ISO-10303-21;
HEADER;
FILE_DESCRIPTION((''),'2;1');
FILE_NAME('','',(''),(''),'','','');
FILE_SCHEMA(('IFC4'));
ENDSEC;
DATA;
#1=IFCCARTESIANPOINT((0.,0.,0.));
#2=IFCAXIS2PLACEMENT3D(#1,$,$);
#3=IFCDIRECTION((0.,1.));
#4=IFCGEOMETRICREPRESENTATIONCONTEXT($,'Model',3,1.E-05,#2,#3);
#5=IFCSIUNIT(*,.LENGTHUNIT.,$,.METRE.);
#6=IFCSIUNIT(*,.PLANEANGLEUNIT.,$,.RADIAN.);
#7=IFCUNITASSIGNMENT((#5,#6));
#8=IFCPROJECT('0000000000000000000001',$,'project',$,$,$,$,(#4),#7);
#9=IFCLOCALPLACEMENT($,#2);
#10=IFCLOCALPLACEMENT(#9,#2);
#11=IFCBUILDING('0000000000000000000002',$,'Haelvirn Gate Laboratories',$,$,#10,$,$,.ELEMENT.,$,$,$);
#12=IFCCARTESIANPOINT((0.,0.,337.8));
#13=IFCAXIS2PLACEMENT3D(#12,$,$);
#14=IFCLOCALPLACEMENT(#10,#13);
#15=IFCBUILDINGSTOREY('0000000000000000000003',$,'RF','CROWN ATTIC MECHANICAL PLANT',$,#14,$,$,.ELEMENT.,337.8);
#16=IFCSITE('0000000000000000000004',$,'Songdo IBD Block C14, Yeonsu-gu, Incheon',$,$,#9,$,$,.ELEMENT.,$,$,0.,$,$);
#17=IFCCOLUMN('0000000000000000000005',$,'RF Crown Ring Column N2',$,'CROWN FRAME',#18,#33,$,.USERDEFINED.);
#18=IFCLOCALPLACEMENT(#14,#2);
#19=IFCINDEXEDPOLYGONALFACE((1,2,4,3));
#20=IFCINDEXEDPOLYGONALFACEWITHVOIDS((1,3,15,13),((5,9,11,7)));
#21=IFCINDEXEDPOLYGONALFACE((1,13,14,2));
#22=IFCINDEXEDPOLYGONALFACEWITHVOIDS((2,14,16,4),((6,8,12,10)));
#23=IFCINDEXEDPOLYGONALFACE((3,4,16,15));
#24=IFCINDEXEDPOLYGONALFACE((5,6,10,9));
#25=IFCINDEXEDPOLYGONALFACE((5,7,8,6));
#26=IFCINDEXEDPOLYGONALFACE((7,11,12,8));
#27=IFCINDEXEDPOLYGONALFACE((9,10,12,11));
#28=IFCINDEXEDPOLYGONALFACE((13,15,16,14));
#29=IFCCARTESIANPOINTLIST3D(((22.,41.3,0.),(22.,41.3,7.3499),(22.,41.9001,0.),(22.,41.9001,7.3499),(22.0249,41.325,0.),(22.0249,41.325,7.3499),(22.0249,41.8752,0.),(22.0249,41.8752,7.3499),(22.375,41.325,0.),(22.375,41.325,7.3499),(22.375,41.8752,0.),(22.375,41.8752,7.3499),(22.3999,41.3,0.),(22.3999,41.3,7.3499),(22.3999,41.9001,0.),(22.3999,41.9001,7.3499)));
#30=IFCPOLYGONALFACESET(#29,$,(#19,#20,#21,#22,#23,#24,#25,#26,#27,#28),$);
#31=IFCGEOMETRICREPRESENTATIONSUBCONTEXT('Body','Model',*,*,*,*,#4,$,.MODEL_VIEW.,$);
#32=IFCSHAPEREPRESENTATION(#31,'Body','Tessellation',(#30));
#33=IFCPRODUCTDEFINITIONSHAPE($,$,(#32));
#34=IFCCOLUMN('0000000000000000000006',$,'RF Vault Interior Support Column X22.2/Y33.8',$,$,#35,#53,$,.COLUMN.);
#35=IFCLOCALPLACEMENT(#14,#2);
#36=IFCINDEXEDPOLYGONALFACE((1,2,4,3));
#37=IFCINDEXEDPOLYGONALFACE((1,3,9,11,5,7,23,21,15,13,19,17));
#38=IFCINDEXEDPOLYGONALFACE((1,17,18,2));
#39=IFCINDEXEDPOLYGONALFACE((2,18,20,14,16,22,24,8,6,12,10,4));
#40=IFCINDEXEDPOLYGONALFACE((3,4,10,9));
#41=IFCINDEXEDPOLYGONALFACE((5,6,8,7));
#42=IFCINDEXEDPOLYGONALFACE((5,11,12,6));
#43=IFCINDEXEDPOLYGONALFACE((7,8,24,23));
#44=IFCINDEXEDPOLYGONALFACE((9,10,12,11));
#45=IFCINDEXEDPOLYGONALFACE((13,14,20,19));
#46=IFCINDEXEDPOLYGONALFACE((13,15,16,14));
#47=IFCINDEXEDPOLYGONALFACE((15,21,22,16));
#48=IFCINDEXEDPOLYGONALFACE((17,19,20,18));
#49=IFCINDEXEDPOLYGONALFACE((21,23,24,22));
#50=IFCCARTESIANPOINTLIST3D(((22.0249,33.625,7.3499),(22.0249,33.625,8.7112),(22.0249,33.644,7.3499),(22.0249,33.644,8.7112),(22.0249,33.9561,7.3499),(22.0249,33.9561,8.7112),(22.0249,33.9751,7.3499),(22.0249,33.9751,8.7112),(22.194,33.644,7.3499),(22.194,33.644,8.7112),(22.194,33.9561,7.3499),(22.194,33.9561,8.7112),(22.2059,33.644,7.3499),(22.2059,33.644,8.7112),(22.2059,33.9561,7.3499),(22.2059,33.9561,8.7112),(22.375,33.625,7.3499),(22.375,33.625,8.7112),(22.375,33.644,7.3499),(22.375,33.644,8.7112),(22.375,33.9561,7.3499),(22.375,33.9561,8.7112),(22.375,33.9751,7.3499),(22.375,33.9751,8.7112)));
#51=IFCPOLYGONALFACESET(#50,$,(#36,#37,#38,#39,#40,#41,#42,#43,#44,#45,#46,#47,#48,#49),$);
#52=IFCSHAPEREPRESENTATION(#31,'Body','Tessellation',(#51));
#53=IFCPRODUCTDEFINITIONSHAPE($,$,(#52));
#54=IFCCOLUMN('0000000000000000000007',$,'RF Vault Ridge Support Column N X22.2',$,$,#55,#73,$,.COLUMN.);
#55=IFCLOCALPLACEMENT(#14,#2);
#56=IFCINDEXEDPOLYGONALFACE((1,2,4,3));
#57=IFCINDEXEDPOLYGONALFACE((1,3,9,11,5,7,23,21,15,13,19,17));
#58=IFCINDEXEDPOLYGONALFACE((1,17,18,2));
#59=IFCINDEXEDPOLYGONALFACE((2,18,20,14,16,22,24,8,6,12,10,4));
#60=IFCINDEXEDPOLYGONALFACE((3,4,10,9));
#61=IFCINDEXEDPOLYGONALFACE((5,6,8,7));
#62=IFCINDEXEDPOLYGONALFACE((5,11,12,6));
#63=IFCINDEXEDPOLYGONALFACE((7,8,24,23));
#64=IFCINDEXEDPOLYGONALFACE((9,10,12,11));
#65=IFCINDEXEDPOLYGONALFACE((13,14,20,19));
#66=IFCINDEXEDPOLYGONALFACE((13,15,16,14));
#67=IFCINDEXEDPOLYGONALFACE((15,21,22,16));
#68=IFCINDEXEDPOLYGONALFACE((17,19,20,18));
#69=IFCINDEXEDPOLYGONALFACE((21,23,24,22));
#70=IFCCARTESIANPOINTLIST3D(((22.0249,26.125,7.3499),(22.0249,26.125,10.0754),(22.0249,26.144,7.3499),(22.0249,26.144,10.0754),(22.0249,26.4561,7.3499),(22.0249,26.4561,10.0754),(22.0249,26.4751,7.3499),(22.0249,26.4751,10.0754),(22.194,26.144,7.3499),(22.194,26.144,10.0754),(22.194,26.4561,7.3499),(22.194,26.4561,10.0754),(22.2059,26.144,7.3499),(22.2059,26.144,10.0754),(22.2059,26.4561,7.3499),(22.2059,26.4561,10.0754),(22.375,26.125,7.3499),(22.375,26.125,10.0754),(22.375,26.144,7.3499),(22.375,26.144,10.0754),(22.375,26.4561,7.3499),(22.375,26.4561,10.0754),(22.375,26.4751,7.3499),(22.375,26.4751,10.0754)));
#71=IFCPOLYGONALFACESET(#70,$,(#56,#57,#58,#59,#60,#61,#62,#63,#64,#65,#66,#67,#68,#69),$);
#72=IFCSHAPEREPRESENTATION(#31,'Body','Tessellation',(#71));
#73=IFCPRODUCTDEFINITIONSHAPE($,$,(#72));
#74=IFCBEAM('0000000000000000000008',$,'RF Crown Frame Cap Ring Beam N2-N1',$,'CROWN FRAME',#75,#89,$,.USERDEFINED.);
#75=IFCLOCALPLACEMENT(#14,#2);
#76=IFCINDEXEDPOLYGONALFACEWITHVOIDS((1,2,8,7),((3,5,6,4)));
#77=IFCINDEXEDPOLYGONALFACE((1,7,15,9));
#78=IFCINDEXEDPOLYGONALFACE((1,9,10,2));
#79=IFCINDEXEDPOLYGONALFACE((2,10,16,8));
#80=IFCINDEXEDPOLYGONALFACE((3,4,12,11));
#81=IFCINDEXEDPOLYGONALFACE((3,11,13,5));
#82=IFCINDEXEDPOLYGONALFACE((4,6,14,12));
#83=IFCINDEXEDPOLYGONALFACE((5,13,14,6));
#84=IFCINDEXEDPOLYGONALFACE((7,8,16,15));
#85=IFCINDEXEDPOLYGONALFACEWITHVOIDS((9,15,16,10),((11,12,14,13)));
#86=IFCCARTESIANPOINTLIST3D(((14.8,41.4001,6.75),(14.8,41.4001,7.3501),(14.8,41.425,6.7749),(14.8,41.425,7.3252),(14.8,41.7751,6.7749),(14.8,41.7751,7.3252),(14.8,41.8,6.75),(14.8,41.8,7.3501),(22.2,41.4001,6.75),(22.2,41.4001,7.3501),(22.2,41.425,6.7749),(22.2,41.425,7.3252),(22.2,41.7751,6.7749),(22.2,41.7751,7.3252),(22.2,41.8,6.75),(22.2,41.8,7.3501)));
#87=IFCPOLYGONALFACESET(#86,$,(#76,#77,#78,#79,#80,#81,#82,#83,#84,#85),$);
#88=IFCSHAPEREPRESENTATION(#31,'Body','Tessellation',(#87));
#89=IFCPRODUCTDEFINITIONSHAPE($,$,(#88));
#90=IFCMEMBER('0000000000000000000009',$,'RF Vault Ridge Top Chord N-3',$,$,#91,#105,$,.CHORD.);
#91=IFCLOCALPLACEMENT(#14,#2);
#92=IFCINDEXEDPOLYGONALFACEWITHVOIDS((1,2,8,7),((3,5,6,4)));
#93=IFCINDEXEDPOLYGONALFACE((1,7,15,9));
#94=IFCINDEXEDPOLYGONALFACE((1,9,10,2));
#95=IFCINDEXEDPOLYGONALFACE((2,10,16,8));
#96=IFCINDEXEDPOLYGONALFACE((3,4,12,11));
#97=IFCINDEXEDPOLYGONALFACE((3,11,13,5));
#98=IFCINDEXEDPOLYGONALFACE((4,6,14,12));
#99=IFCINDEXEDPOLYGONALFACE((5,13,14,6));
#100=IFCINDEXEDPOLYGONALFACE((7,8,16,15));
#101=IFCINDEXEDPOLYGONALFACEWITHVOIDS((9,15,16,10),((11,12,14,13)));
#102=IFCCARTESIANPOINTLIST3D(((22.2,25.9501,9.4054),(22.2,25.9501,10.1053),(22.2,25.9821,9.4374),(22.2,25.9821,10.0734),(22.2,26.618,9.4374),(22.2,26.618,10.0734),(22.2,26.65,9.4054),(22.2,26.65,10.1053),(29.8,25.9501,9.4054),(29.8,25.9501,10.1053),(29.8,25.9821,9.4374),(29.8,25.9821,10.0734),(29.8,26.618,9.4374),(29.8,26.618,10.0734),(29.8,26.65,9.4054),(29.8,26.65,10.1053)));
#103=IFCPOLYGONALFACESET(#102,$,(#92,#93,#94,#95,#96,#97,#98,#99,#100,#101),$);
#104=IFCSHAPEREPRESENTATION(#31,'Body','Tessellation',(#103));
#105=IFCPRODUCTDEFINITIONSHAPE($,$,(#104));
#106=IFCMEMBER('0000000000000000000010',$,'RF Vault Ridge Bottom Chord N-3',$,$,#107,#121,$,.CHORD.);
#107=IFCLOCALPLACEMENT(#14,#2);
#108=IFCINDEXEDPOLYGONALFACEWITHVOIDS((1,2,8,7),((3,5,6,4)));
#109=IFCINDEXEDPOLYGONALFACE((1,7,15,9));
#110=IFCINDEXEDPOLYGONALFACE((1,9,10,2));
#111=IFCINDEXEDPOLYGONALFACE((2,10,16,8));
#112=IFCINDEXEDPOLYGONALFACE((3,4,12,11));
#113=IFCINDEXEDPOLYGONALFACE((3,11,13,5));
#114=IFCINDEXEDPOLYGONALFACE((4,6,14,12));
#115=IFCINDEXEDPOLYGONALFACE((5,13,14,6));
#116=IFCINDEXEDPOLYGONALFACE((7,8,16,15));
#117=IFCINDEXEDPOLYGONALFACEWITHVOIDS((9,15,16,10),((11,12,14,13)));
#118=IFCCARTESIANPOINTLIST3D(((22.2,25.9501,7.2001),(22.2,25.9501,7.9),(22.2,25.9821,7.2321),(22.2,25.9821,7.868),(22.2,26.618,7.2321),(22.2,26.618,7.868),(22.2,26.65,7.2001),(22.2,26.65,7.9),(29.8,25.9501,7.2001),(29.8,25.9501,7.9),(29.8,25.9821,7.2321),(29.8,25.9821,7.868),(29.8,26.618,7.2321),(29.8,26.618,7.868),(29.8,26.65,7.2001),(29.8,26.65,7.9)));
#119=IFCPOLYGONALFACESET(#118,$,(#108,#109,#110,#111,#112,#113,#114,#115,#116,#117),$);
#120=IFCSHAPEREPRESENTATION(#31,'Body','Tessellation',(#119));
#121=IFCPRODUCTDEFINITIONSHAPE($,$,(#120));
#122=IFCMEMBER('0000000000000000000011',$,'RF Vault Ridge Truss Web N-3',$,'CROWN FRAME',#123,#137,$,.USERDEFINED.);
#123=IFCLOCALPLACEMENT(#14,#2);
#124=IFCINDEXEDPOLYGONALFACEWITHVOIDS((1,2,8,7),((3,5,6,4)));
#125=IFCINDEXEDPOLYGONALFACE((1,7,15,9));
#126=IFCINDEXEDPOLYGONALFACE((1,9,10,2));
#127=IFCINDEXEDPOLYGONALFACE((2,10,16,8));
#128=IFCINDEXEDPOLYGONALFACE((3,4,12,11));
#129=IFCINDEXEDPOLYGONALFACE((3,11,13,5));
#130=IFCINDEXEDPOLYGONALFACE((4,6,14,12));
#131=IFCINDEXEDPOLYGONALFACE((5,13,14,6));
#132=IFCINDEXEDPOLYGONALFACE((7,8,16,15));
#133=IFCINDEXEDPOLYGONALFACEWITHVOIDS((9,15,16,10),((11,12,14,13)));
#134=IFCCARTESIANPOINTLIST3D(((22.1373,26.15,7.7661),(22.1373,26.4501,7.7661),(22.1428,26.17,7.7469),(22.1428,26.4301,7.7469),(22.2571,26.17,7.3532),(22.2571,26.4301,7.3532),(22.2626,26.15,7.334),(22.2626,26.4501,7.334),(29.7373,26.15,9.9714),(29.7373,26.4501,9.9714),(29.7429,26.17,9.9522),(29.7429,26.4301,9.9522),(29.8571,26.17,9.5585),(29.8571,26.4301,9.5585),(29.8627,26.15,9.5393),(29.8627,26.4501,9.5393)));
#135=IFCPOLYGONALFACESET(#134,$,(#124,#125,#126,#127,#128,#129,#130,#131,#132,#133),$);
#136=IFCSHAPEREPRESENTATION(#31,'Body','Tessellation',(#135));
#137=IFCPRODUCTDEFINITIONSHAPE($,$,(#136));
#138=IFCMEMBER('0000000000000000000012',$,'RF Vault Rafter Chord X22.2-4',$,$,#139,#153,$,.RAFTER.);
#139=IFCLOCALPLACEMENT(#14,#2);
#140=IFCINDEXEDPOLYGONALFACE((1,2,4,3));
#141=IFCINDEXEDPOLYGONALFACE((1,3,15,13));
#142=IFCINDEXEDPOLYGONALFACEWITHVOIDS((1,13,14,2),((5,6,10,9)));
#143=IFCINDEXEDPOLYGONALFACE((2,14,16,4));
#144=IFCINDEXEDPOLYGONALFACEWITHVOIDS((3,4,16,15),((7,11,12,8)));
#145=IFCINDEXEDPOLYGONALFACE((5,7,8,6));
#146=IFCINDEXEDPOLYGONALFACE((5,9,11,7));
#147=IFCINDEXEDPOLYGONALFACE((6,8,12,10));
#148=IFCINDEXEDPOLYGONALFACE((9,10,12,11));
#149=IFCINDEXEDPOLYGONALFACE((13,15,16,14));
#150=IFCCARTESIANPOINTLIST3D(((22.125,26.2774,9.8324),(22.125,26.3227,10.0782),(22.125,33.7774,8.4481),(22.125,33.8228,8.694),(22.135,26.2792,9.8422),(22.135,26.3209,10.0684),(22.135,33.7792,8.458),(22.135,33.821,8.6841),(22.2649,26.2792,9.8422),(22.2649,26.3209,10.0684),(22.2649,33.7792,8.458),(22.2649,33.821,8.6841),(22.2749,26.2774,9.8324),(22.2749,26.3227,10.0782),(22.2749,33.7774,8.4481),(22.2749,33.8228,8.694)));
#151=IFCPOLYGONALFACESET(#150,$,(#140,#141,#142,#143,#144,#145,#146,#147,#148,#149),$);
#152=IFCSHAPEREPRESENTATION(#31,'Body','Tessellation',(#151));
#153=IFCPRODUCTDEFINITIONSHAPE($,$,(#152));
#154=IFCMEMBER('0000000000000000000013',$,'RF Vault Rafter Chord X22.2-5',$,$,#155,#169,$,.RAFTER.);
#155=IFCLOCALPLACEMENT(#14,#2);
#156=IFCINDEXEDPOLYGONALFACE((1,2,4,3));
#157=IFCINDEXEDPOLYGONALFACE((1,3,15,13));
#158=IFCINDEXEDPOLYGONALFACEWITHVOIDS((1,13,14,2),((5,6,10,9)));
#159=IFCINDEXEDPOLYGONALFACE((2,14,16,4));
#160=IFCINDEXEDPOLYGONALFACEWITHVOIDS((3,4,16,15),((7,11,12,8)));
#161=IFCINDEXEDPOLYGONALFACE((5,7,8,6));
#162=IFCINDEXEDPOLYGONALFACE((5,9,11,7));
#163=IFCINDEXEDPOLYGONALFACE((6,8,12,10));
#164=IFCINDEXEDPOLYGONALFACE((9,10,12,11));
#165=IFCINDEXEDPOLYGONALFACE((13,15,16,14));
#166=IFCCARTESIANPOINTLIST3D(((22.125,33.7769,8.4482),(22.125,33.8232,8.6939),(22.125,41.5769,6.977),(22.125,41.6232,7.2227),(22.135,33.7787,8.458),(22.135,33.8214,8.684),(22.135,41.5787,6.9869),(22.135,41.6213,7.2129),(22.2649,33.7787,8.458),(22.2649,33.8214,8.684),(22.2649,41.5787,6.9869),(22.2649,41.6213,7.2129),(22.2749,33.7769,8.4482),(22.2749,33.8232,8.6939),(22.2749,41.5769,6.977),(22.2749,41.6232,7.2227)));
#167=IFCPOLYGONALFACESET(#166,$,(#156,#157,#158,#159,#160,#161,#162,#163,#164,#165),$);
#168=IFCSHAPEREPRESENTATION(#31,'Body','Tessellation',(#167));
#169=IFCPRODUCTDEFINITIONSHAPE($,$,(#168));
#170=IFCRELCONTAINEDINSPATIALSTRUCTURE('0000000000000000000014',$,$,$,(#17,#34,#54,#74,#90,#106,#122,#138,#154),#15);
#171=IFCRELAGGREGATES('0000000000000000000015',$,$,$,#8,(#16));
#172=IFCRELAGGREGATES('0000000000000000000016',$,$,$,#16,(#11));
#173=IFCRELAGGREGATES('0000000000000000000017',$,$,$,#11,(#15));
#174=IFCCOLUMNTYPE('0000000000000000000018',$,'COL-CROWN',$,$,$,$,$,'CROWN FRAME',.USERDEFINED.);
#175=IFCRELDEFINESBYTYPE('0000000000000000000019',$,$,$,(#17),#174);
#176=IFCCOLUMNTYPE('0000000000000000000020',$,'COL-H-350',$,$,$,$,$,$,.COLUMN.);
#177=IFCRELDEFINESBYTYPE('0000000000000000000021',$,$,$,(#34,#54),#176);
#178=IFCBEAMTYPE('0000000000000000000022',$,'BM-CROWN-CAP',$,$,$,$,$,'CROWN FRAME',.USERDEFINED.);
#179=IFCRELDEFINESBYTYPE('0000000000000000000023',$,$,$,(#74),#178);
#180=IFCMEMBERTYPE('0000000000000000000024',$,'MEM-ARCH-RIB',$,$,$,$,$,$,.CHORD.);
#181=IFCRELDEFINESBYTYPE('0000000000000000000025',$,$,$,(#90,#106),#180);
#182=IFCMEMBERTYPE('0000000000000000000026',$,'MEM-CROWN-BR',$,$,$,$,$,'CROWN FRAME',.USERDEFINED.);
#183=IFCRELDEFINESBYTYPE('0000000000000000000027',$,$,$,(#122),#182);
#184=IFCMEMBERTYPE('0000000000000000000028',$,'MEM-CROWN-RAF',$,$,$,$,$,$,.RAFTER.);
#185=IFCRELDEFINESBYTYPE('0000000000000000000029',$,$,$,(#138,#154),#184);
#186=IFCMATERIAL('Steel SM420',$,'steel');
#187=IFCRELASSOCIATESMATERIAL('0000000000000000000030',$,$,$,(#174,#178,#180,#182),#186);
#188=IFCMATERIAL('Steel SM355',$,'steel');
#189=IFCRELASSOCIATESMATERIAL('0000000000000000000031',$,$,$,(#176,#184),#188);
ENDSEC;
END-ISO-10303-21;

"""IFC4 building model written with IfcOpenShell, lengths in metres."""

from ifc_helpers import new_model, si_unit, direction, frame, origin, origin_2d, place, context, subcontext, project, spatial, hollow_rectangle, i_section, extrude, source, transform, mapped, material, material_profile, profile_set, type_object, type_shapes, element, save


model = new_model("IFC4")

# Units and contexts
model_context = context("Model", 3, precision=1e-05, world=origin(), true_north=direction((0.0, 1.0)))
body_context = subcontext(model_context, "Body", "Model", "MODEL_VIEW")
ifc_project = project(units=[si_unit("LENGTHUNIT", "METRE"), si_unit("PLANEANGLEUNIT", "RADIAN")], contexts=[model_context])

# Site, building, storey
site_placement = place(None, origin())
site = spatial("IfcSite", under=ifc_project, at=site_placement, Name="Songdo IBD Block C14, Yeonsu-gu, Incheon", CompositionType="ELEMENT", RefElevation=0.0)
building_placement = place(site_placement, origin())
building = spatial("IfcBuilding", under=site, at=building_placement, Name="Haelvirn Gate Laboratories", CompositionType="ELEMENT")
storey_placement = place(building_placement, frame((0.0, 0.0, 337.8)))
storey = spatial("IfcBuildingStorey", under=building, at=storey_placement, Name="RF", Description="CROWN ATTIC MECHANICAL PLANT", CompositionType="ELEMENT", Elevation=337.8)

# Columns
ifc_material_1 = material(Name="Steel SM420", Category="steel")
ifc_material_profile_1 = material_profile(ifc_material_1, hollow_rectangle(XDim=0.3999, YDim=0.6001, WallThickness=0.0249, at=origin_2d()), Name="BOX-600x400x25")
ifc_profile_set_1 = profile_set([ifc_material_profile_1], Name="Steel SM420")
column_type_1 = type_object("IfcColumnType", Name="COL-CROWN", ElementType="CROWN FRAME", PredefinedType="USERDEFINED", material=ifc_profile_set_1)
shared_shape_1 = source(origin(), body_context, "Body", "SweptSolid", [
    extrude(hollow_rectangle(XDim=0.3999, YDim=0.6001, WallThickness=0.0249, at=origin_2d()), origin(), (0.0, 0.0, 1.0), 7.3499),
])
type_shapes(column_type_1, [shared_shape_1])
column_1_placement = place(storey_placement, frame((22.2, 41.6001, 0.0), z_axis=(0.0, 0.0, 1.0), x_axis=(1.0, 0.0, 0.0)))
element("IfcColumn", 1, at=column_1_placement, inside=storey, type_object=column_type_1, Name="RF Crown Ring Column N2", ObjectType="CROWN FRAME", PredefinedType="USERDEFINED", context=body_context, shape_type="MappedRepresentation", body=[
    mapped(shared_shape_1, transform((0.0, 0.0, 0.0), scale=1.0)),
])
ifc_material_2 = material(Name="Steel SM355", Category="steel")
ifc_material_profile_2 = material_profile(ifc_material_2, i_section(OverallWidth=0.3501, OverallDepth=0.3501, WebThickness=0.012, FlangeThickness=0.019, at=origin_2d()), Name="H-350x350x12x19")
ifc_profile_set_2 = profile_set([ifc_material_profile_2], Name="Steel SM355")
column_type_2 = type_object("IfcColumnType", Name="COL-H-350", PredefinedType="COLUMN", material=ifc_profile_set_2)
shared_shape_2 = source(origin(), body_context, "Body", "SweptSolid", [
    extrude(i_section(OverallWidth=0.3501, OverallDepth=0.3501, WebThickness=0.012, FlangeThickness=0.019, at=origin_2d()), origin(), (0.0, 0.0, 1.0), 1.3613),
])
column_2_placement = place(storey_placement, frame((22.2, 33.8, 7.3499), z_axis=(0.0, 0.0, 1.0), x_axis=(1.0, 0.0, 0.0)))
element("IfcColumn", 2, at=column_2_placement, inside=storey, type_object=column_type_2, Name="RF Vault Interior Support Column X22.2/Y33.8", PredefinedType="COLUMN", context=body_context, shape_type="MappedRepresentation", body=[
    mapped(shared_shape_2, transform((0.0, 0.0, 0.0), scale=1.0)),
])
shared_shape_3 = source(origin(), body_context, "Body", "SweptSolid", [
    extrude(i_section(OverallWidth=0.3501, OverallDepth=0.3501, WebThickness=0.012, FlangeThickness=0.019, at=origin_2d()), origin(), (0.0, 0.0, 1.0), 2.7256),
])
type_shapes(column_type_2, [shared_shape_2, shared_shape_3])
column_3_placement = place(storey_placement, frame((22.2, 26.3, 7.3499), z_axis=(0.0, 0.0, 1.0), x_axis=(1.0, 0.0, 0.0)))
element("IfcColumn", 3, at=column_3_placement, inside=storey, type_object=column_type_2, Name="RF Vault Ridge Support Column N X22.2", PredefinedType="COLUMN", context=body_context, shape_type="MappedRepresentation", body=[
    mapped(shared_shape_3, transform((0.0, 0.0, 0.0), scale=1.0)),
])

# Beam
ifc_material_profile_3 = material_profile(ifc_material_1, hollow_rectangle(XDim=0.3999, YDim=0.6001, WallThickness=0.0249, at=origin_2d()), Name="BOX-600x400x25")
ifc_profile_set_3 = profile_set([ifc_material_profile_3], Name="Steel SM420")
beam_type = type_object("IfcBeamType", Name="BM-CROWN-CAP", ElementType="CROWN FRAME", PredefinedType="USERDEFINED", material=ifc_profile_set_3)
shared_shape_4 = source(origin(), body_context, "Body", "SweptSolid", [
    extrude(hollow_rectangle(XDim=0.3999, YDim=0.6001, WallThickness=0.0249, at=origin_2d()), origin(), (0.0, 0.0, 1.0), 7.3999),
])
type_shapes(beam_type, [shared_shape_4])
beam_placement = place(storey_placement, frame((22.2, 41.6001, 7.05), z_axis=(-1.0, 0.0, 0.0), x_axis=(0.0, -1.0, 0.0)))
element("IfcBeam", 4, at=beam_placement, inside=storey, type_object=beam_type, Name="RF Crown Frame Cap Ring Beam N2-N1", ObjectType="CROWN FRAME", PredefinedType="USERDEFINED", context=body_context, shape_type="MappedRepresentation", body=[
    mapped(shared_shape_4, transform((0.0, 0.0, 0.0), scale=1.0)),
])

# Members
ifc_material_profile_4 = material_profile(ifc_material_1, hollow_rectangle(XDim=0.7, YDim=0.7, WallThickness=0.032, at=origin_2d()), Name="BOX-700x700x32")
ifc_profile_set_4 = profile_set([ifc_material_profile_4], Name="Steel SM420")
member_type_1 = type_object("IfcMemberType", Name="MEM-ARCH-RIB", PredefinedType="CHORD", material=ifc_profile_set_4)
shared_shape_5 = source(origin(), body_context, "Body", "SweptSolid", [
    extrude(hollow_rectangle(XDim=0.7, YDim=0.7, WallThickness=0.032, at=origin_2d()), origin(), (0.0, 0.0, 1.0), 7.6001),
])
type_shapes(member_type_1, [shared_shape_5])
for number, where, z_axis, x_axis, name in (
    (5, (22.2, 26.3, 9.7554), (1.0, 0.0, 0.0), (0.0, 1.0, 0.0), "RF Vault Ridge Top Chord N-3"),
    (6, (22.2, 26.3, 7.55), (1.0, 0.0, 0.0), (0.0, 1.0, 0.0), "RF Vault Ridge Bottom Chord N-3"),
):
    element("IfcMember", number, at=place(storey_placement, frame(where, z_axis=z_axis, x_axis=x_axis)), inside=storey, type_object=member_type_1, Name=name, PredefinedType="CHORD", context=body_context, shape_type="MappedRepresentation", body=[
        mapped(shared_shape_5, transform((0.0, 0.0, 0.0), scale=1.0)),
    ])
ifc_material_profile_5 = material_profile(ifc_material_1, hollow_rectangle(XDim=0.3, YDim=0.45, WallThickness=0.02, at=origin_2d()), Name="BOX-450x300x20")
ifc_profile_set_5 = profile_set([ifc_material_profile_5], Name="Steel SM420")
member_type_2 = type_object("IfcMemberType", Name="MEM-CROWN-BR", ElementType="CROWN FRAME", PredefinedType="USERDEFINED", material=ifc_profile_set_5)
shared_shape_6 = source(origin(), body_context, "Body", "SweptSolid", [
    extrude(hollow_rectangle(XDim=0.3, YDim=0.45, WallThickness=0.02, at=origin_2d()), origin(), (0.0, 0.0, 1.0), 7.9136),
])
type_shapes(member_type_2, [shared_shape_6])
member_1_placement = place(storey_placement, frame((22.2, 26.3, 7.55), z_axis=(0.960385, 0.0, 0.278675), x_axis=(0.0, 1.0, 0.0)))
element("IfcMember", 7, at=member_1_placement, inside=storey, type_object=member_type_2, Name="RF Vault Ridge Truss Web N-3", ObjectType="CROWN FRAME", PredefinedType="USERDEFINED", context=body_context, shape_type="MappedRepresentation", body=[
    mapped(shared_shape_6, transform((0.0, 0.0, 0.0), scale=1.0)),
])
ifc_material_profile_6 = material_profile(ifc_material_2, hollow_rectangle(XDim=0.1499, YDim=0.25, WallThickness=0.01, at=origin_2d()), Name="RHS-250x150x10")
ifc_profile_set_6 = profile_set([ifc_material_profile_6], Name="Steel SM355")
member_type_3 = type_object("IfcMemberType", Name="MEM-CROWN-RAF", PredefinedType="RAFTER", material=ifc_profile_set_6)
shared_shape_7 = source(origin(), body_context, "Body", "SweptSolid", [
    extrude(hollow_rectangle(XDim=0.1499, YDim=0.25, WallThickness=0.01, at=origin_2d()), origin(), (0.0, 0.0, 1.0), 7.6267),
])
member_2_placement = place(storey_placement, frame((22.2, 26.3, 9.9553), z_axis=(0.0, 0.98339, -0.181505), x_axis=(-1.0, 0.0, 0.0)))
element("IfcMember", 8, at=member_2_placement, inside=storey, type_object=member_type_3, Name="RF Vault Rafter Chord X22.2-4", PredefinedType="RAFTER", context=body_context, shape_type="MappedRepresentation", body=[
    mapped(shared_shape_7, transform((0.0, 0.0, 0.0), scale=1.0)),
])
shared_shape_8 = source(origin(), body_context, "Body", "SweptSolid", [
    extrude(hollow_rectangle(XDim=0.1499, YDim=0.25, WallThickness=0.01, at=origin_2d()), origin(), (0.0, 0.0, 1.0), 7.9375),
])
type_shapes(member_type_3, [shared_shape_7, shared_shape_8])
member_3_placement = place(storey_placement, frame((22.2, 33.8, 8.571), z_axis=(0.0, 0.982673, -0.185345), x_axis=(-1.0, 0.0, 0.0)))
element("IfcMember", 9, at=member_3_placement, inside=storey, type_object=member_type_3, Name="RF Vault Rafter Chord X22.2-5", PredefinedType="RAFTER", context=body_context, shape_type="MappedRepresentation", body=[
    mapped(shared_shape_8, transform((0.0, 0.0, 0.0), scale=1.0)),
])

save(model, "model.ifc")
